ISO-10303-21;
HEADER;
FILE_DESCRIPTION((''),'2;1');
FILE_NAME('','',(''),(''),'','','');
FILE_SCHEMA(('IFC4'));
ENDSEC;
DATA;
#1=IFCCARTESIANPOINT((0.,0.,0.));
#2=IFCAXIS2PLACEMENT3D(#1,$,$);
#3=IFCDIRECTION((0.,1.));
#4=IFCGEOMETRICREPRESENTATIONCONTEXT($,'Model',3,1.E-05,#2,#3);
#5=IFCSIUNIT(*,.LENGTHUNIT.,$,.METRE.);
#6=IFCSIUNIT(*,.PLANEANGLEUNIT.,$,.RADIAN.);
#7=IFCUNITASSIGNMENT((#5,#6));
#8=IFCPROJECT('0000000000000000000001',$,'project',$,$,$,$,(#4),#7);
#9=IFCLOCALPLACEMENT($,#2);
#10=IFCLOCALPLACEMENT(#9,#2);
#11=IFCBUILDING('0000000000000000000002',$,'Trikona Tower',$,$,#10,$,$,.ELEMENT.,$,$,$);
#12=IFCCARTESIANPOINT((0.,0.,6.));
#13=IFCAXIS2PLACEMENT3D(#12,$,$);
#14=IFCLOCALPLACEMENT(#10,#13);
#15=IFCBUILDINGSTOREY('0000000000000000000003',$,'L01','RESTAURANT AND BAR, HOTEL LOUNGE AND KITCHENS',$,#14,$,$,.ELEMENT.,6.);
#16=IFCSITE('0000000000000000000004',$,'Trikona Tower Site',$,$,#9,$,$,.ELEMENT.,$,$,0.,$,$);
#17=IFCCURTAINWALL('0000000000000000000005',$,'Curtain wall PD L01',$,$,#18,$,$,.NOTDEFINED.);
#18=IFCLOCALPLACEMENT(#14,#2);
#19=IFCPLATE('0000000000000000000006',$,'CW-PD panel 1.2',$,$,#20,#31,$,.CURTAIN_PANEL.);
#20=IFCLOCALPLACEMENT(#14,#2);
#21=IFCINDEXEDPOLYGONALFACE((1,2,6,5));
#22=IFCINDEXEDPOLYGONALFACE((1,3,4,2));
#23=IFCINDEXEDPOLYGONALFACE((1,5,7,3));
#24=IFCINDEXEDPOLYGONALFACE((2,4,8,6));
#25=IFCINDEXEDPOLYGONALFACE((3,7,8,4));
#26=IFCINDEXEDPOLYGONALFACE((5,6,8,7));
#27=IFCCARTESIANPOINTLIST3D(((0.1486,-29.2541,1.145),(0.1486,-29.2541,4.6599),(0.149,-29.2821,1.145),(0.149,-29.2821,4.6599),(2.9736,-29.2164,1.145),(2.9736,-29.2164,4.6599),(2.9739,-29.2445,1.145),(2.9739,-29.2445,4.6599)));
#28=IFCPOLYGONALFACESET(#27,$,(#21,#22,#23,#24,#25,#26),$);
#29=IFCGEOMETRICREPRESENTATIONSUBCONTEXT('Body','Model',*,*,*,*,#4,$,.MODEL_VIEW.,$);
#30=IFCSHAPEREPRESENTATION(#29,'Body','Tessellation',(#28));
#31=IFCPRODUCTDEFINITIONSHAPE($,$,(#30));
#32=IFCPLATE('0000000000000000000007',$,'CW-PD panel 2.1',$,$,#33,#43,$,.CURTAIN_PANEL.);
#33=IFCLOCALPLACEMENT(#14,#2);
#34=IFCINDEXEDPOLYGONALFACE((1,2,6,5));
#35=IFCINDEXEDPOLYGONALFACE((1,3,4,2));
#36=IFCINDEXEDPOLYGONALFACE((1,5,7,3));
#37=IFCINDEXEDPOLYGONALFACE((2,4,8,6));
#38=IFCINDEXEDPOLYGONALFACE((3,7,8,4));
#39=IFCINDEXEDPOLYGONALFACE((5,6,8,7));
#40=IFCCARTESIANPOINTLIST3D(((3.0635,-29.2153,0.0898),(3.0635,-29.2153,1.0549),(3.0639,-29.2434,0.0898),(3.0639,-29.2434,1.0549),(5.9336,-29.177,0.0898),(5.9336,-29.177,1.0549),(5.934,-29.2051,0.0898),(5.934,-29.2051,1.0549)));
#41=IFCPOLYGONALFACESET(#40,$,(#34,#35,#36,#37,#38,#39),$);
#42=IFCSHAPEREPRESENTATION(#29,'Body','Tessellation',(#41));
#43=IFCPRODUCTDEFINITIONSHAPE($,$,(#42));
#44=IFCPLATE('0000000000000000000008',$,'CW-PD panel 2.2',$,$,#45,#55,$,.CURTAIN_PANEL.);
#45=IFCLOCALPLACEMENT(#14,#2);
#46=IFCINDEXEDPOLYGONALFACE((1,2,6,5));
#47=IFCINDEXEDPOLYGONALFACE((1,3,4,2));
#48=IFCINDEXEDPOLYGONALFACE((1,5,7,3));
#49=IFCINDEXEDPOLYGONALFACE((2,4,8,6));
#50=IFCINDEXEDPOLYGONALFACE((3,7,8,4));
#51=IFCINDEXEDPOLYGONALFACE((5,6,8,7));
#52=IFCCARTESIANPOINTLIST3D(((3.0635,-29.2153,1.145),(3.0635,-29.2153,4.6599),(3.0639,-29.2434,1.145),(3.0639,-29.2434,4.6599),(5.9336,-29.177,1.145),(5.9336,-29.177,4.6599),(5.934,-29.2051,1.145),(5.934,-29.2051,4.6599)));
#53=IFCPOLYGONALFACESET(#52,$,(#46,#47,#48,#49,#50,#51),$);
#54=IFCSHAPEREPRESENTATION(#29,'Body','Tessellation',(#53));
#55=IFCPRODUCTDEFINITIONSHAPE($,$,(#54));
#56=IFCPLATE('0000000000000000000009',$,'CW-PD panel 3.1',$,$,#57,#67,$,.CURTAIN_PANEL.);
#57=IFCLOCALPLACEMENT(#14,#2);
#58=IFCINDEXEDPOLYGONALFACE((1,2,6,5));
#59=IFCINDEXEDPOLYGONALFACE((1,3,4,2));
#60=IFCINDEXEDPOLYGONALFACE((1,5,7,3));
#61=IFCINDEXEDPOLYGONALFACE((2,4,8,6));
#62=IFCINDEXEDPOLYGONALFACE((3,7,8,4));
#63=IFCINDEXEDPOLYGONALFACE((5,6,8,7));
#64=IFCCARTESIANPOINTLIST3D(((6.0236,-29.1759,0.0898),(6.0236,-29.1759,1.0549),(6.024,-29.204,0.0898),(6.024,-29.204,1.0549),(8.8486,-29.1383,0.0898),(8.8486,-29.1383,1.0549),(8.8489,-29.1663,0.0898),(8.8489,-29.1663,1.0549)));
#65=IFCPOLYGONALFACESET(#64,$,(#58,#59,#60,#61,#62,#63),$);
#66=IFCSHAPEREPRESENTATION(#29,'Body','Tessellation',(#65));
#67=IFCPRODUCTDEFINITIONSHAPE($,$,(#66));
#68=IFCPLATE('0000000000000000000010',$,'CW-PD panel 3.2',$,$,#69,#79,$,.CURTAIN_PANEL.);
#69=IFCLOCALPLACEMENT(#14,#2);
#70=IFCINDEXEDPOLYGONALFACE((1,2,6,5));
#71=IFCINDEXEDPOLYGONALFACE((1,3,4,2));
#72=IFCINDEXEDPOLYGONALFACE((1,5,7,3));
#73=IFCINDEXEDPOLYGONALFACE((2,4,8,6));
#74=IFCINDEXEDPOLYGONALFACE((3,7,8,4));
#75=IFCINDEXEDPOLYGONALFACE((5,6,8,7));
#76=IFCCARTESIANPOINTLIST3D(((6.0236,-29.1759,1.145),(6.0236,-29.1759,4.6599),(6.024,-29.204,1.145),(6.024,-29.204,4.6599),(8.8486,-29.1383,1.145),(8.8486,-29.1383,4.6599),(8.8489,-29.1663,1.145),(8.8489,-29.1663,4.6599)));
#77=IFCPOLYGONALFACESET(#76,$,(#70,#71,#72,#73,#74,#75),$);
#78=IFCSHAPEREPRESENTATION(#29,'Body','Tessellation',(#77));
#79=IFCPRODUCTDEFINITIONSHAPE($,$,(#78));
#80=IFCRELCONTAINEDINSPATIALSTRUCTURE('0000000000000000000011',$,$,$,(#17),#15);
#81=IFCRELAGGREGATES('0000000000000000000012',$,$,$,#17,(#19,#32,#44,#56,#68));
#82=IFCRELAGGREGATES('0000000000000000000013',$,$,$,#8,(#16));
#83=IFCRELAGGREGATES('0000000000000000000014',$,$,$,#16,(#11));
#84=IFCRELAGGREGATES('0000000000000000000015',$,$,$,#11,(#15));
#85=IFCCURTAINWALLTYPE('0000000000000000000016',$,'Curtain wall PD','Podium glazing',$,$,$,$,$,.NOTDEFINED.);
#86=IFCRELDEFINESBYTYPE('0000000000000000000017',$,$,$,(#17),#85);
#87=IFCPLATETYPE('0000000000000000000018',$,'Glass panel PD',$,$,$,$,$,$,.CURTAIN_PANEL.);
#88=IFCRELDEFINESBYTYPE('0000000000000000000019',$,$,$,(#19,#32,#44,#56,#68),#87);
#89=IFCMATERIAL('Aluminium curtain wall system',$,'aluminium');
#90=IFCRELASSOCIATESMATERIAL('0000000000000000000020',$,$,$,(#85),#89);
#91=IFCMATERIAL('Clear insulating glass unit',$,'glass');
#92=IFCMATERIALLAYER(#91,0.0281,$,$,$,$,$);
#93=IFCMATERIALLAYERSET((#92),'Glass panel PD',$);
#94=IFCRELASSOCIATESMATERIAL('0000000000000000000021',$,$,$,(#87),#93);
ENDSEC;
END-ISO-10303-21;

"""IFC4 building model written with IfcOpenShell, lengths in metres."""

from ifc_helpers import new_model, si_unit, direction, frame, origin, origin_2d, place, context, subcontext, project, spatial, rectangle, extrude, material, layer, layer_set, type_object, element, aggregate, save


model = new_model("IFC4")

# Units and contexts
model_context = context("Model", 3, precision=1e-05, world=origin(), true_north=direction((0.0, 1.0)))
body_context = subcontext(model_context, "Body", "Model", "MODEL_VIEW")
ifc_project = project(units=[si_unit("LENGTHUNIT", "METRE"), si_unit("PLANEANGLEUNIT", "RADIAN")], contexts=[model_context])

# Site, building, storey
site_placement = place(None, origin())
site = spatial("IfcSite", under=ifc_project, at=site_placement, Name="Trikona Tower Site", CompositionType="ELEMENT", RefElevation=0.0)
building_placement = place(site_placement, origin())
building = spatial("IfcBuilding", under=site, at=building_placement, Name="Trikona Tower", CompositionType="ELEMENT")
storey_placement = place(building_placement, frame((0.0, 0.0, 6.0)))
storey = spatial("IfcBuildingStorey", under=building, at=storey_placement, Name="L01", Description="RESTAURANT AND BAR, HOTEL LOUNGE AND KITCHENS", CompositionType="ELEMENT", Elevation=6.0)

# Curtain wall, plates
ifc_material_1 = material(Name="Aluminium curtain wall system", Category="aluminium")
curtain_wall_type = type_object("IfcCurtainWallType", Name="Curtain wall PD", Description="Podium glazing", PredefinedType="NOTDEFINED", material=ifc_material_1)
curtain_wall_placement = place(storey_placement, origin())
curtain_wall = element("IfcCurtainWall", 1, at=curtain_wall_placement, inside=storey, type_object=curtain_wall_type, Name="Curtain wall PD L01", PredefinedType="NOTDEFINED")
ifc_material_2 = material(Name="Clear insulating glass unit", Category="glass")
ifc_layer = layer(ifc_material_2, 0.0281)
ifc_layer_set = layer_set([ifc_layer], Name="Glass panel PD")
plate_type = type_object("IfcPlateType", Name="Glass panel PD", PredefinedType="CURTAIN_PANEL", material=ifc_layer_set)
plate_1_placement = place(storey_placement, frame((1.5613, -29.2493, 1.145), z_axis=(0.0, 0.0, 1.0), x_axis=(0.999911, 0.013332, 0.0)))
plate_1 = element("IfcPlate", 2, at=plate_1_placement, type_object=plate_type, Name="CW-PD panel 1.2", PredefinedType="CURTAIN_PANEL", context=body_context, shape_type="SweptSolid", body=[
    extrude(rectangle(XDim=2.8252, YDim=0.0281, at=origin_2d()), origin(), (0.0, 0.0, 1.0), 3.5149),
])
plate_2_placement = place(storey_placement, frame((4.4988, -29.2102, 0.0898), z_axis=(0.0, 0.0, 1.0), x_axis=(0.999911, 0.013332, 0.0)))
plate_2 = element("IfcPlate", 3, at=plate_2_placement, type_object=plate_type, Name="CW-PD panel 2.1", PredefinedType="CURTAIN_PANEL", context=body_context, shape_type="SweptSolid", body=[
    extrude(rectangle(XDim=2.8704, YDim=0.0281, at=origin_2d()), origin(), (0.0, 0.0, 1.0), 0.9651),
])
plate_3_placement = place(storey_placement, frame((4.4988, -29.2102, 1.145), z_axis=(0.0, 0.0, 1.0), x_axis=(0.999911, 0.013332, 0.0)))
plate_3 = element("IfcPlate", 4, at=plate_3_placement, type_object=plate_type, Name="CW-PD panel 2.2", PredefinedType="CURTAIN_PANEL", context=body_context, shape_type="SweptSolid", body=[
    extrude(rectangle(XDim=2.8704, YDim=0.0281, at=origin_2d()), origin(), (0.0, 0.0, 1.0), 3.5149),
])
plate_4_placement = place(storey_placement, frame((7.4363, -29.1711, 0.0898), z_axis=(0.0, 0.0, 1.0), x_axis=(0.999911, 0.013332, 0.0)))
plate_4 = element("IfcPlate", 5, at=plate_4_placement, type_object=plate_type, Name="CW-PD panel 3.1", PredefinedType="CURTAIN_PANEL", context=body_context, shape_type="SweptSolid", body=[
    extrude(rectangle(XDim=2.8252, YDim=0.0281, at=origin_2d()), origin(), (0.0, 0.0, 1.0), 0.9651),
])
plate_5_placement = place(storey_placement, frame((7.4363, -29.1711, 1.145), z_axis=(0.0, 0.0, 1.0), x_axis=(0.999911, 0.013332, 0.0)))
plate_5 = element("IfcPlate", 6, at=plate_5_placement, type_object=plate_type, Name="CW-PD panel 3.2", PredefinedType="CURTAIN_PANEL", context=body_context, shape_type="SweptSolid", body=[
    extrude(rectangle(XDim=2.8252, YDim=0.0281, at=origin_2d()), origin(), (0.0, 0.0, 1.0), 3.5149),
])
aggregate(curtain_wall, [plate_1, plate_2, plate_3, plate_4, plate_5])

save(model, "model.ifc")
